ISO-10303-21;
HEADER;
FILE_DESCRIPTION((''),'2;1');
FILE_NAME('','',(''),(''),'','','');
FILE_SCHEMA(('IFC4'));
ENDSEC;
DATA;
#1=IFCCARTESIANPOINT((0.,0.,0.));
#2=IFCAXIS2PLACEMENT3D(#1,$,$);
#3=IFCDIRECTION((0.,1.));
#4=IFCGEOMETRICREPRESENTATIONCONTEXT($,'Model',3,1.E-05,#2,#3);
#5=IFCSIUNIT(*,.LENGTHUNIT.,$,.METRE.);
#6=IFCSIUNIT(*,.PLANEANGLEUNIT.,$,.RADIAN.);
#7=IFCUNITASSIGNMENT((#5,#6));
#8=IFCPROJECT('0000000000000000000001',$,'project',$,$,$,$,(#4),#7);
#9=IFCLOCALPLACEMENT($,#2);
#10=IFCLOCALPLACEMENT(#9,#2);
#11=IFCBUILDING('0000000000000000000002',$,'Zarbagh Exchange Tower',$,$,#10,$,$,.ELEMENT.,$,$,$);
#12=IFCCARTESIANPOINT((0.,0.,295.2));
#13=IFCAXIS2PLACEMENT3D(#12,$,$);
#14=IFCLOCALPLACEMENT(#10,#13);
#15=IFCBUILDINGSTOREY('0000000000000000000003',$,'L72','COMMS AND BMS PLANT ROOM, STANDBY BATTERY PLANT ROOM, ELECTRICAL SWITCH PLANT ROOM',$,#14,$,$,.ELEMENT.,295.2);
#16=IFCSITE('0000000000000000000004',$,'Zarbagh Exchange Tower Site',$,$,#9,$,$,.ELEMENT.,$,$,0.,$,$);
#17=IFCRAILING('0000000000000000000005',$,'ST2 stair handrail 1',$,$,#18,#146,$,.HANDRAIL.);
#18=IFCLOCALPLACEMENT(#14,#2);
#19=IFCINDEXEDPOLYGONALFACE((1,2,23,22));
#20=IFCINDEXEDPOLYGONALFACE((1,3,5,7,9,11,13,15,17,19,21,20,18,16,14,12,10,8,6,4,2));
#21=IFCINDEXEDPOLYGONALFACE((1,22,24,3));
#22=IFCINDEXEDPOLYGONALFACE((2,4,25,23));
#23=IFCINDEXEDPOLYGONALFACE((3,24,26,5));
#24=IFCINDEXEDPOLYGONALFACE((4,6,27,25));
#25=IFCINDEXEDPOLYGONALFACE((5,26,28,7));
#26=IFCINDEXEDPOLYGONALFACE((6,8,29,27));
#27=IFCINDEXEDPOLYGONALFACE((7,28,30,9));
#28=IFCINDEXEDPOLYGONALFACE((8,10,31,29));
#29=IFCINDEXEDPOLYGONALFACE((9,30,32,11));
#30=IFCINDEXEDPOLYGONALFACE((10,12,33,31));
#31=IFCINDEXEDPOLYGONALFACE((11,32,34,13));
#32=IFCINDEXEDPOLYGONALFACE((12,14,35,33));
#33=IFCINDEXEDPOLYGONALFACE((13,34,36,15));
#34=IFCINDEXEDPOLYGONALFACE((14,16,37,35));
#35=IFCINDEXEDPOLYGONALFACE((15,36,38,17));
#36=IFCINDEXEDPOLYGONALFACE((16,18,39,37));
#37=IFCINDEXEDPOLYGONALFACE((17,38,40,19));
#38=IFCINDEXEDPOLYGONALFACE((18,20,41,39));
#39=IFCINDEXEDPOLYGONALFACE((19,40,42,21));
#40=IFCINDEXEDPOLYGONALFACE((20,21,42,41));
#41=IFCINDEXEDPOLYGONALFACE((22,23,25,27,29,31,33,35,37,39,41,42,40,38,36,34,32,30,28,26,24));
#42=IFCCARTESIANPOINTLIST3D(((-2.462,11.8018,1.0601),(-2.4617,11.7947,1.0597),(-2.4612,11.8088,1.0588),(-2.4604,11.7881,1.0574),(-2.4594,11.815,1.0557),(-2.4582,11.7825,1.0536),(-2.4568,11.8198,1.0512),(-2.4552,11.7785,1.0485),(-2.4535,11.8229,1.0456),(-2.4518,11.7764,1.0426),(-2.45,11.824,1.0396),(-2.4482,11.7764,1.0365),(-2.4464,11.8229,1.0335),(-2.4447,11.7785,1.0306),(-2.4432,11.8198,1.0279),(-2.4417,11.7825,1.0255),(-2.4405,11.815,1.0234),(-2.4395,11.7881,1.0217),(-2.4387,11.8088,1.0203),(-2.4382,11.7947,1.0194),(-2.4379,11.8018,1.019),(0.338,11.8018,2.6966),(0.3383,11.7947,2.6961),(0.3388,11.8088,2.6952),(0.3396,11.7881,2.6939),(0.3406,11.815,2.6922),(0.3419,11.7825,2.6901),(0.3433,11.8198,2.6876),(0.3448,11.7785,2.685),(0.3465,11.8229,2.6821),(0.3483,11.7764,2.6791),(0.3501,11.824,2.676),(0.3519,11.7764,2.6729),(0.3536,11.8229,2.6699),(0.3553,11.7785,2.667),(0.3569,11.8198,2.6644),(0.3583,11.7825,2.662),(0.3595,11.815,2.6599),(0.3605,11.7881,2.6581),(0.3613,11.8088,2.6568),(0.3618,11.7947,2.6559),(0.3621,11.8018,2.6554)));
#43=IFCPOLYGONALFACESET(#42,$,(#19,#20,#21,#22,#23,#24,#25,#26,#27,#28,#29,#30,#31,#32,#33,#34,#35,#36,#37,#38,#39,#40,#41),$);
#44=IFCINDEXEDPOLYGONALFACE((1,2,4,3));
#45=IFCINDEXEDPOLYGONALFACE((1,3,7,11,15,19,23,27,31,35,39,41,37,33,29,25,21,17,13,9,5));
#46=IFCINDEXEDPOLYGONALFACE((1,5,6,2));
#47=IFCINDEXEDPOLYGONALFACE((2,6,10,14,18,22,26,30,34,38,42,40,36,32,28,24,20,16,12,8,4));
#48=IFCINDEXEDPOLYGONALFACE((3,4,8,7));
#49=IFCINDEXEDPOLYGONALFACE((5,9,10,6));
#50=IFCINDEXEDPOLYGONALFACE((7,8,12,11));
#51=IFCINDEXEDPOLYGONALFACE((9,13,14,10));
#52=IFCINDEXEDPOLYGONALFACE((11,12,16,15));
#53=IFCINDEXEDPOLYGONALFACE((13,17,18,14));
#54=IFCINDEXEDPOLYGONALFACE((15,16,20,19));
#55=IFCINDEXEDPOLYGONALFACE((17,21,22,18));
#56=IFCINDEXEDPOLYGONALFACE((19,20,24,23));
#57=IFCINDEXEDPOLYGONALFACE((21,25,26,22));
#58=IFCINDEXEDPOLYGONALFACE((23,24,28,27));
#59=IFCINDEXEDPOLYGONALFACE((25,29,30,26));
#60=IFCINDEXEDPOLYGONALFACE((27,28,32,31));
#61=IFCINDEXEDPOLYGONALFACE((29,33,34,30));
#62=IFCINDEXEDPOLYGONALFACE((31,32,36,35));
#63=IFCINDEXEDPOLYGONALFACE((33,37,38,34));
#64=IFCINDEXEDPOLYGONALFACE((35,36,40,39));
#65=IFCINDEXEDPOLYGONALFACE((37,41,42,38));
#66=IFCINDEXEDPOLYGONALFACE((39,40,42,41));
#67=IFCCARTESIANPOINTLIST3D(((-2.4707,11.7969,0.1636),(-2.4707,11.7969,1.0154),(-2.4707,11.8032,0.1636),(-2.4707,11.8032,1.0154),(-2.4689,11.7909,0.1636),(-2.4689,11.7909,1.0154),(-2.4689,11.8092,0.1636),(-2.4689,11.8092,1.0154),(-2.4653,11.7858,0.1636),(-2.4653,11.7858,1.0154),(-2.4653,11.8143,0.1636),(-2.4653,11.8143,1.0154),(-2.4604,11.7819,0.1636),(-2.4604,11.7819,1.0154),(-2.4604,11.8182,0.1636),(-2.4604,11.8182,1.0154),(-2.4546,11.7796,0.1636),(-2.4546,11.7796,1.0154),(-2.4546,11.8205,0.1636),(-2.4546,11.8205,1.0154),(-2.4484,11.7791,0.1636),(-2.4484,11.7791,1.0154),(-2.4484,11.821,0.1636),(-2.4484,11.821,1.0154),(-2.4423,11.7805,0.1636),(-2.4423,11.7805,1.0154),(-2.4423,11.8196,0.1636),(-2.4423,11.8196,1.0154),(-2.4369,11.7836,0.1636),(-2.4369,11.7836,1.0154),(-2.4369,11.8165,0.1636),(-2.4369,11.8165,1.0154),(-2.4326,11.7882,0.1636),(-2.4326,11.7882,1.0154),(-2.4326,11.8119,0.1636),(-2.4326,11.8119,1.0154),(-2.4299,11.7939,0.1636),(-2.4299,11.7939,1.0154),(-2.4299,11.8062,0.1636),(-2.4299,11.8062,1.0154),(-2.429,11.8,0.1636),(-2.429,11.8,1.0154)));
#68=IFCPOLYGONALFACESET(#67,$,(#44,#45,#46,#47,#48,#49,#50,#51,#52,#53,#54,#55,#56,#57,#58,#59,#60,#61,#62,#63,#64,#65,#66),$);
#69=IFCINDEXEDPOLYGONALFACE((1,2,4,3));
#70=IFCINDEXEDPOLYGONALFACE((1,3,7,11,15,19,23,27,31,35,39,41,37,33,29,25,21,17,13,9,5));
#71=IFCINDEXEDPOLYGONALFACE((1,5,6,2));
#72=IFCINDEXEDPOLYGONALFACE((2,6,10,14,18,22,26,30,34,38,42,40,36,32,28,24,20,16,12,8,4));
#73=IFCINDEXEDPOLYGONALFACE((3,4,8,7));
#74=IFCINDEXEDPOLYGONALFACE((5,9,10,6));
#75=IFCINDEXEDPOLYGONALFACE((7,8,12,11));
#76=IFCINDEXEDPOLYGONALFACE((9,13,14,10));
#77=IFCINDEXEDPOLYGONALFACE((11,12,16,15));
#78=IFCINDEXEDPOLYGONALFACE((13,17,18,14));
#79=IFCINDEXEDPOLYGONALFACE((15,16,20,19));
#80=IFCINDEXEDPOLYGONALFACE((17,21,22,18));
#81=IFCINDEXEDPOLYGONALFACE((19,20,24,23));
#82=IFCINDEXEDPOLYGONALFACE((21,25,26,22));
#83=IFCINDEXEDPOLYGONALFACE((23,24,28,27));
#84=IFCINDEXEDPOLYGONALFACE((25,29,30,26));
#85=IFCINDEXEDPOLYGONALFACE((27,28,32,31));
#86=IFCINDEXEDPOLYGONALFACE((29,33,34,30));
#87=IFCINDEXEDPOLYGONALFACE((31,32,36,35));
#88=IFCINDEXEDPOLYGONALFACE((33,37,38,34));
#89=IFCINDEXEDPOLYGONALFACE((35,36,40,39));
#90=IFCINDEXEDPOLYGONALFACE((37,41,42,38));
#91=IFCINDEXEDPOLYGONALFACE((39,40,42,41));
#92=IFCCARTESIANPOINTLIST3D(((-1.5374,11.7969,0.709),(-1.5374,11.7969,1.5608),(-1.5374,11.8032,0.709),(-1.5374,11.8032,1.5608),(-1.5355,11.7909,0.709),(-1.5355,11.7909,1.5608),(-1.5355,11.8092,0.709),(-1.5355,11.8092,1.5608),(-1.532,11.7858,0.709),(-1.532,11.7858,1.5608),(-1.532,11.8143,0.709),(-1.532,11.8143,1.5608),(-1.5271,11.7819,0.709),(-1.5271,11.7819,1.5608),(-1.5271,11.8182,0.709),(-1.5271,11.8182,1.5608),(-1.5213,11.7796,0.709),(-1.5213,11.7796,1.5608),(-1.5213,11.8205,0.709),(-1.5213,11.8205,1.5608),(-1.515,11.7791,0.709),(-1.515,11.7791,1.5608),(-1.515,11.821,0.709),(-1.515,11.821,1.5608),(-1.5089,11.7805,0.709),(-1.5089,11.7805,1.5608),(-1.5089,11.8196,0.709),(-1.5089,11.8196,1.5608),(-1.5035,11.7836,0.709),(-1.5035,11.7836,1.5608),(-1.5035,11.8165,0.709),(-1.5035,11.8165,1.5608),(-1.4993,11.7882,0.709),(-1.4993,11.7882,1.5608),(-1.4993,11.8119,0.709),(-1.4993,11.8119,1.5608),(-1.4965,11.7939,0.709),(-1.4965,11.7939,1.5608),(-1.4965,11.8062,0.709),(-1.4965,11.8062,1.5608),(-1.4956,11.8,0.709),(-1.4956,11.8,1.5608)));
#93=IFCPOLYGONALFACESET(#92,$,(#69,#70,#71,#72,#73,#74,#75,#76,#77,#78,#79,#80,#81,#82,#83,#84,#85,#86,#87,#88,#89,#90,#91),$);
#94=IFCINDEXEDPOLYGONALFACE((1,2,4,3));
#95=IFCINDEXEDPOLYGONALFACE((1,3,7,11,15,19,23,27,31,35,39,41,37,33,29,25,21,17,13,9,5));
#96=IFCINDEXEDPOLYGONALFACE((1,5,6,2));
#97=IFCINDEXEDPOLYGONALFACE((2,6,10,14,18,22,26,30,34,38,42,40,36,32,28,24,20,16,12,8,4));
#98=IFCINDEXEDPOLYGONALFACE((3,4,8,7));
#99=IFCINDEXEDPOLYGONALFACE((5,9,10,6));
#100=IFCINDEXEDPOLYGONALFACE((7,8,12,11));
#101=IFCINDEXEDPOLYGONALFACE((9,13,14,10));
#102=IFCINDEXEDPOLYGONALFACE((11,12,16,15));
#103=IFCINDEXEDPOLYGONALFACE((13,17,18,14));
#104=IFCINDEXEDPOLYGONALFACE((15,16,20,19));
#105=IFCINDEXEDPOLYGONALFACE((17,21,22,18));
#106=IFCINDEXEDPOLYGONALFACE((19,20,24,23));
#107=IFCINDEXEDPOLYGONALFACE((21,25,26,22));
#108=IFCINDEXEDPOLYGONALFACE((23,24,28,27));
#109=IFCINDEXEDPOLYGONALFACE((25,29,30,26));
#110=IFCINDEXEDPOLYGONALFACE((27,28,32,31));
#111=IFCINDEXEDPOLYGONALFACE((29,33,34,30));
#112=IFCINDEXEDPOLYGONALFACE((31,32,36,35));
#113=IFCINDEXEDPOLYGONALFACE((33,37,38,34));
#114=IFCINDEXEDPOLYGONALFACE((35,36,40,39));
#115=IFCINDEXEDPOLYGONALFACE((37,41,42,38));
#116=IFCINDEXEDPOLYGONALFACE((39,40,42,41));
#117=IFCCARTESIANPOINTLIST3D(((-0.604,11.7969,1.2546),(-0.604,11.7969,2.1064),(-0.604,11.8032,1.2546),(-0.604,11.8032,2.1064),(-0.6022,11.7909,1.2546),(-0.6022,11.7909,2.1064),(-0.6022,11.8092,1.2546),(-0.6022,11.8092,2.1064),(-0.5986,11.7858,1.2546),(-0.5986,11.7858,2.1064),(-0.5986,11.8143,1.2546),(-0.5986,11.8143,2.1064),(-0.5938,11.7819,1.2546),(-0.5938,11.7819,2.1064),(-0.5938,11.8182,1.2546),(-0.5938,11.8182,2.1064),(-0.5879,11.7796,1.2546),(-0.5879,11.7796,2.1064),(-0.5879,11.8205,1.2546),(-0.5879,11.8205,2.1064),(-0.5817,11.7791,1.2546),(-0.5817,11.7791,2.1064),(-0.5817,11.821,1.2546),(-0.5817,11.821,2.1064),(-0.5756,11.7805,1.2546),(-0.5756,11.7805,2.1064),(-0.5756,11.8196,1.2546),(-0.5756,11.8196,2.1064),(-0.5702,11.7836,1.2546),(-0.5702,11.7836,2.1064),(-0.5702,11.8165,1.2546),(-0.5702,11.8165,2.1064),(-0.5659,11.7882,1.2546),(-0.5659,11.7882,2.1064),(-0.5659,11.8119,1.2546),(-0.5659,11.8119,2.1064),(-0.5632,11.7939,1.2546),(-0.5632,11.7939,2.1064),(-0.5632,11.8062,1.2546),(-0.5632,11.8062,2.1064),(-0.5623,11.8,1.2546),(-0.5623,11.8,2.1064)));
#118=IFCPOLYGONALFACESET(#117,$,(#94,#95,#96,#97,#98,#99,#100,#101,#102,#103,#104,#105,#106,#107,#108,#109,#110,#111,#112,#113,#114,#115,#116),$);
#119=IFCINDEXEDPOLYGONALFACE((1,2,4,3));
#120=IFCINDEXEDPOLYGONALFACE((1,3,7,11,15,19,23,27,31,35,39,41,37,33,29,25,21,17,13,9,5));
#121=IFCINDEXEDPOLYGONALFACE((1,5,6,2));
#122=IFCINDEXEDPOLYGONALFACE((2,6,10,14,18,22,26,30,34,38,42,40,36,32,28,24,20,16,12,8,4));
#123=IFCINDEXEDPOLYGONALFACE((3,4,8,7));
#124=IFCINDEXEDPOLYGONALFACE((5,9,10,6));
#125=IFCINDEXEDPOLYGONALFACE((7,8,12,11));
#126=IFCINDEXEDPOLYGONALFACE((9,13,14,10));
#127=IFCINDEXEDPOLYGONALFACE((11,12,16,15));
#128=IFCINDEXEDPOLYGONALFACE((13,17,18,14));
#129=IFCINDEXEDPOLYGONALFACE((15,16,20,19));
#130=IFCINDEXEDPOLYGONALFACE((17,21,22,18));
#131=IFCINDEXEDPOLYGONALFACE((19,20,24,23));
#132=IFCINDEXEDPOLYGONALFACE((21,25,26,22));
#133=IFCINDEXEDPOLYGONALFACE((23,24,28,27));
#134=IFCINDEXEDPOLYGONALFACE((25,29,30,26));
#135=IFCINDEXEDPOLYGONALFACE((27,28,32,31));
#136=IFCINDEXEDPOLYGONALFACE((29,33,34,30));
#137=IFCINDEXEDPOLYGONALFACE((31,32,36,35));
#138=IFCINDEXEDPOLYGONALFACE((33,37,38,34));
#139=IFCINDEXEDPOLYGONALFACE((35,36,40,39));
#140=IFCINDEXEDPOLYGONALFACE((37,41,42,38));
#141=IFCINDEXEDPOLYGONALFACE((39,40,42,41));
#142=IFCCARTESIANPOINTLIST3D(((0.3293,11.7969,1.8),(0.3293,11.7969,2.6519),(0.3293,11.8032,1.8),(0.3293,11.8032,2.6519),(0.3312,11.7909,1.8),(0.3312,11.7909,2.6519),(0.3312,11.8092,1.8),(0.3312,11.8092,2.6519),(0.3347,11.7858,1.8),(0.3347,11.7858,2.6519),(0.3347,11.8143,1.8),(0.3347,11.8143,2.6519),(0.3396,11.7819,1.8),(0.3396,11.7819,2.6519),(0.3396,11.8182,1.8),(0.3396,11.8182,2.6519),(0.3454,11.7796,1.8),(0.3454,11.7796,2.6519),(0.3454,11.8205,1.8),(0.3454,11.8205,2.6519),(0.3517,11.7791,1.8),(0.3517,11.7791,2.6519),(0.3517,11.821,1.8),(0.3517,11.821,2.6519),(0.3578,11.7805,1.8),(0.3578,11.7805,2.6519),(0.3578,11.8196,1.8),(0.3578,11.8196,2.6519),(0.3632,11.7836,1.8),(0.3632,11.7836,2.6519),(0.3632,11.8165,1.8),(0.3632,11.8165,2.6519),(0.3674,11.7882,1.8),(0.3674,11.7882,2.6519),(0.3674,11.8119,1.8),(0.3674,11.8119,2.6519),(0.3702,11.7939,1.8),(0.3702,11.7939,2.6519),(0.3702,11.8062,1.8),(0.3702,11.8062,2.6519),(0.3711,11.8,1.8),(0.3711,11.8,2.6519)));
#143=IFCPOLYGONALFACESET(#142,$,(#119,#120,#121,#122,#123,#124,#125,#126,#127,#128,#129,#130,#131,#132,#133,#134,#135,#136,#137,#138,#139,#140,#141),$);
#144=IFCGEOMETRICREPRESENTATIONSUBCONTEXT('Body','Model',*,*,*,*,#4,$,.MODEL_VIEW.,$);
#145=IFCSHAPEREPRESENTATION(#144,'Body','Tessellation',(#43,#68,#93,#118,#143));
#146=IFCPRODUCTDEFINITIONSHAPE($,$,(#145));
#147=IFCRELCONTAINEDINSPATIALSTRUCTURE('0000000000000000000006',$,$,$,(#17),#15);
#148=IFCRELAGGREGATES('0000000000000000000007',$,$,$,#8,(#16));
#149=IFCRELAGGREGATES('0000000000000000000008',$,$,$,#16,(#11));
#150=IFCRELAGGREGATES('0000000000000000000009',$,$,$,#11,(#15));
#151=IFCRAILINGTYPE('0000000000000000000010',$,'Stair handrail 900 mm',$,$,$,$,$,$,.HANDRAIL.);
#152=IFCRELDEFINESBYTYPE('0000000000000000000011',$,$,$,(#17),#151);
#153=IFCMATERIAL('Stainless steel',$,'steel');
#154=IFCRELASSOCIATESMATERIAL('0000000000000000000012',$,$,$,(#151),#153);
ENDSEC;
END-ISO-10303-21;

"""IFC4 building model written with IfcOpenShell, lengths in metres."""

from ifc_helpers import new_model, si_unit, direction, frame, origin, origin_2d, place, context, subcontext, project, spatial, circle, extrude, material, type_object, element, save


model = new_model("IFC4")

# Units and contexts
model_context = context("Model", 3, precision=1e-05, world=origin(), true_north=direction((0.0, 1.0)))
body_context = subcontext(model_context, "Body", "Model", "MODEL_VIEW")
ifc_project = project(units=[si_unit("LENGTHUNIT", "METRE"), si_unit("PLANEANGLEUNIT", "RADIAN")], contexts=[model_context])

# Site, building, storey
site_placement = place(None, origin())
site = spatial("IfcSite", under=ifc_project, at=site_placement, Name="Zarbagh Exchange Tower Site", CompositionType="ELEMENT", RefElevation=0.0)
building_placement = place(site_placement, origin())
building = spatial("IfcBuilding", under=site, at=building_placement, Name="Zarbagh Exchange Tower", CompositionType="ELEMENT")
storey_placement = place(building_placement, frame((0.0, 0.0, 295.2)))
storey = spatial("IfcBuildingStorey", under=building, at=storey_placement, Name="L72", Description="COMMS AND BMS PLANT ROOM, STANDBY BATTERY PLANT ROOM, ELECTRICAL SWITCH PLANT ROOM", CompositionType="ELEMENT", Elevation=295.2)

# Railing
ifc_material_1 = material(Name="Stainless steel", Category="steel")
railing_type = type_object("IfcRailingType", Name="Stair handrail 900 mm", PredefinedType="HANDRAIL", material=ifc_material_1)
railing_1_placement = place(storey_placement, frame((-2.45, 11.8, 0.1636)))
element("IfcRailing", 1, at=railing_1_placement, inside=storey, type_object=railing_type, Name="ST2 stair handrail 1", PredefinedType="HANDRAIL", context=body_context, shape_type="SweptSolid", body=[
    extrude(circle(Radius=0.0239, at=origin_2d()), frame((0.0, 0.0, 0.876), z_axis=(0.863361, 0.0, 0.504587), x_axis=(0.0, 1.0, 0.0)), (0.0, 0.0, 1.0), 3.2432),
    extrude(circle(Radius=0.021, at=origin_2d()), origin(), (0.0, 0.0, 1.0), 0.8518),
    extrude(circle(Radius=0.021, at=origin_2d()), frame((0.9333, 0.0, 0.5454)), (0.0, 0.0, 1.0), 0.8518),
    extrude(circle(Radius=0.021, at=origin_2d()), frame((1.8667, 0.0, 1.0911)), (0.0, 0.0, 1.0), 0.8518),
    extrude(circle(Radius=0.021, at=origin_2d()), frame((2.8, 0.0, 1.6365)), (0.0, 0.0, 1.0), 0.8518),
])

save(model, "model.ifc")
